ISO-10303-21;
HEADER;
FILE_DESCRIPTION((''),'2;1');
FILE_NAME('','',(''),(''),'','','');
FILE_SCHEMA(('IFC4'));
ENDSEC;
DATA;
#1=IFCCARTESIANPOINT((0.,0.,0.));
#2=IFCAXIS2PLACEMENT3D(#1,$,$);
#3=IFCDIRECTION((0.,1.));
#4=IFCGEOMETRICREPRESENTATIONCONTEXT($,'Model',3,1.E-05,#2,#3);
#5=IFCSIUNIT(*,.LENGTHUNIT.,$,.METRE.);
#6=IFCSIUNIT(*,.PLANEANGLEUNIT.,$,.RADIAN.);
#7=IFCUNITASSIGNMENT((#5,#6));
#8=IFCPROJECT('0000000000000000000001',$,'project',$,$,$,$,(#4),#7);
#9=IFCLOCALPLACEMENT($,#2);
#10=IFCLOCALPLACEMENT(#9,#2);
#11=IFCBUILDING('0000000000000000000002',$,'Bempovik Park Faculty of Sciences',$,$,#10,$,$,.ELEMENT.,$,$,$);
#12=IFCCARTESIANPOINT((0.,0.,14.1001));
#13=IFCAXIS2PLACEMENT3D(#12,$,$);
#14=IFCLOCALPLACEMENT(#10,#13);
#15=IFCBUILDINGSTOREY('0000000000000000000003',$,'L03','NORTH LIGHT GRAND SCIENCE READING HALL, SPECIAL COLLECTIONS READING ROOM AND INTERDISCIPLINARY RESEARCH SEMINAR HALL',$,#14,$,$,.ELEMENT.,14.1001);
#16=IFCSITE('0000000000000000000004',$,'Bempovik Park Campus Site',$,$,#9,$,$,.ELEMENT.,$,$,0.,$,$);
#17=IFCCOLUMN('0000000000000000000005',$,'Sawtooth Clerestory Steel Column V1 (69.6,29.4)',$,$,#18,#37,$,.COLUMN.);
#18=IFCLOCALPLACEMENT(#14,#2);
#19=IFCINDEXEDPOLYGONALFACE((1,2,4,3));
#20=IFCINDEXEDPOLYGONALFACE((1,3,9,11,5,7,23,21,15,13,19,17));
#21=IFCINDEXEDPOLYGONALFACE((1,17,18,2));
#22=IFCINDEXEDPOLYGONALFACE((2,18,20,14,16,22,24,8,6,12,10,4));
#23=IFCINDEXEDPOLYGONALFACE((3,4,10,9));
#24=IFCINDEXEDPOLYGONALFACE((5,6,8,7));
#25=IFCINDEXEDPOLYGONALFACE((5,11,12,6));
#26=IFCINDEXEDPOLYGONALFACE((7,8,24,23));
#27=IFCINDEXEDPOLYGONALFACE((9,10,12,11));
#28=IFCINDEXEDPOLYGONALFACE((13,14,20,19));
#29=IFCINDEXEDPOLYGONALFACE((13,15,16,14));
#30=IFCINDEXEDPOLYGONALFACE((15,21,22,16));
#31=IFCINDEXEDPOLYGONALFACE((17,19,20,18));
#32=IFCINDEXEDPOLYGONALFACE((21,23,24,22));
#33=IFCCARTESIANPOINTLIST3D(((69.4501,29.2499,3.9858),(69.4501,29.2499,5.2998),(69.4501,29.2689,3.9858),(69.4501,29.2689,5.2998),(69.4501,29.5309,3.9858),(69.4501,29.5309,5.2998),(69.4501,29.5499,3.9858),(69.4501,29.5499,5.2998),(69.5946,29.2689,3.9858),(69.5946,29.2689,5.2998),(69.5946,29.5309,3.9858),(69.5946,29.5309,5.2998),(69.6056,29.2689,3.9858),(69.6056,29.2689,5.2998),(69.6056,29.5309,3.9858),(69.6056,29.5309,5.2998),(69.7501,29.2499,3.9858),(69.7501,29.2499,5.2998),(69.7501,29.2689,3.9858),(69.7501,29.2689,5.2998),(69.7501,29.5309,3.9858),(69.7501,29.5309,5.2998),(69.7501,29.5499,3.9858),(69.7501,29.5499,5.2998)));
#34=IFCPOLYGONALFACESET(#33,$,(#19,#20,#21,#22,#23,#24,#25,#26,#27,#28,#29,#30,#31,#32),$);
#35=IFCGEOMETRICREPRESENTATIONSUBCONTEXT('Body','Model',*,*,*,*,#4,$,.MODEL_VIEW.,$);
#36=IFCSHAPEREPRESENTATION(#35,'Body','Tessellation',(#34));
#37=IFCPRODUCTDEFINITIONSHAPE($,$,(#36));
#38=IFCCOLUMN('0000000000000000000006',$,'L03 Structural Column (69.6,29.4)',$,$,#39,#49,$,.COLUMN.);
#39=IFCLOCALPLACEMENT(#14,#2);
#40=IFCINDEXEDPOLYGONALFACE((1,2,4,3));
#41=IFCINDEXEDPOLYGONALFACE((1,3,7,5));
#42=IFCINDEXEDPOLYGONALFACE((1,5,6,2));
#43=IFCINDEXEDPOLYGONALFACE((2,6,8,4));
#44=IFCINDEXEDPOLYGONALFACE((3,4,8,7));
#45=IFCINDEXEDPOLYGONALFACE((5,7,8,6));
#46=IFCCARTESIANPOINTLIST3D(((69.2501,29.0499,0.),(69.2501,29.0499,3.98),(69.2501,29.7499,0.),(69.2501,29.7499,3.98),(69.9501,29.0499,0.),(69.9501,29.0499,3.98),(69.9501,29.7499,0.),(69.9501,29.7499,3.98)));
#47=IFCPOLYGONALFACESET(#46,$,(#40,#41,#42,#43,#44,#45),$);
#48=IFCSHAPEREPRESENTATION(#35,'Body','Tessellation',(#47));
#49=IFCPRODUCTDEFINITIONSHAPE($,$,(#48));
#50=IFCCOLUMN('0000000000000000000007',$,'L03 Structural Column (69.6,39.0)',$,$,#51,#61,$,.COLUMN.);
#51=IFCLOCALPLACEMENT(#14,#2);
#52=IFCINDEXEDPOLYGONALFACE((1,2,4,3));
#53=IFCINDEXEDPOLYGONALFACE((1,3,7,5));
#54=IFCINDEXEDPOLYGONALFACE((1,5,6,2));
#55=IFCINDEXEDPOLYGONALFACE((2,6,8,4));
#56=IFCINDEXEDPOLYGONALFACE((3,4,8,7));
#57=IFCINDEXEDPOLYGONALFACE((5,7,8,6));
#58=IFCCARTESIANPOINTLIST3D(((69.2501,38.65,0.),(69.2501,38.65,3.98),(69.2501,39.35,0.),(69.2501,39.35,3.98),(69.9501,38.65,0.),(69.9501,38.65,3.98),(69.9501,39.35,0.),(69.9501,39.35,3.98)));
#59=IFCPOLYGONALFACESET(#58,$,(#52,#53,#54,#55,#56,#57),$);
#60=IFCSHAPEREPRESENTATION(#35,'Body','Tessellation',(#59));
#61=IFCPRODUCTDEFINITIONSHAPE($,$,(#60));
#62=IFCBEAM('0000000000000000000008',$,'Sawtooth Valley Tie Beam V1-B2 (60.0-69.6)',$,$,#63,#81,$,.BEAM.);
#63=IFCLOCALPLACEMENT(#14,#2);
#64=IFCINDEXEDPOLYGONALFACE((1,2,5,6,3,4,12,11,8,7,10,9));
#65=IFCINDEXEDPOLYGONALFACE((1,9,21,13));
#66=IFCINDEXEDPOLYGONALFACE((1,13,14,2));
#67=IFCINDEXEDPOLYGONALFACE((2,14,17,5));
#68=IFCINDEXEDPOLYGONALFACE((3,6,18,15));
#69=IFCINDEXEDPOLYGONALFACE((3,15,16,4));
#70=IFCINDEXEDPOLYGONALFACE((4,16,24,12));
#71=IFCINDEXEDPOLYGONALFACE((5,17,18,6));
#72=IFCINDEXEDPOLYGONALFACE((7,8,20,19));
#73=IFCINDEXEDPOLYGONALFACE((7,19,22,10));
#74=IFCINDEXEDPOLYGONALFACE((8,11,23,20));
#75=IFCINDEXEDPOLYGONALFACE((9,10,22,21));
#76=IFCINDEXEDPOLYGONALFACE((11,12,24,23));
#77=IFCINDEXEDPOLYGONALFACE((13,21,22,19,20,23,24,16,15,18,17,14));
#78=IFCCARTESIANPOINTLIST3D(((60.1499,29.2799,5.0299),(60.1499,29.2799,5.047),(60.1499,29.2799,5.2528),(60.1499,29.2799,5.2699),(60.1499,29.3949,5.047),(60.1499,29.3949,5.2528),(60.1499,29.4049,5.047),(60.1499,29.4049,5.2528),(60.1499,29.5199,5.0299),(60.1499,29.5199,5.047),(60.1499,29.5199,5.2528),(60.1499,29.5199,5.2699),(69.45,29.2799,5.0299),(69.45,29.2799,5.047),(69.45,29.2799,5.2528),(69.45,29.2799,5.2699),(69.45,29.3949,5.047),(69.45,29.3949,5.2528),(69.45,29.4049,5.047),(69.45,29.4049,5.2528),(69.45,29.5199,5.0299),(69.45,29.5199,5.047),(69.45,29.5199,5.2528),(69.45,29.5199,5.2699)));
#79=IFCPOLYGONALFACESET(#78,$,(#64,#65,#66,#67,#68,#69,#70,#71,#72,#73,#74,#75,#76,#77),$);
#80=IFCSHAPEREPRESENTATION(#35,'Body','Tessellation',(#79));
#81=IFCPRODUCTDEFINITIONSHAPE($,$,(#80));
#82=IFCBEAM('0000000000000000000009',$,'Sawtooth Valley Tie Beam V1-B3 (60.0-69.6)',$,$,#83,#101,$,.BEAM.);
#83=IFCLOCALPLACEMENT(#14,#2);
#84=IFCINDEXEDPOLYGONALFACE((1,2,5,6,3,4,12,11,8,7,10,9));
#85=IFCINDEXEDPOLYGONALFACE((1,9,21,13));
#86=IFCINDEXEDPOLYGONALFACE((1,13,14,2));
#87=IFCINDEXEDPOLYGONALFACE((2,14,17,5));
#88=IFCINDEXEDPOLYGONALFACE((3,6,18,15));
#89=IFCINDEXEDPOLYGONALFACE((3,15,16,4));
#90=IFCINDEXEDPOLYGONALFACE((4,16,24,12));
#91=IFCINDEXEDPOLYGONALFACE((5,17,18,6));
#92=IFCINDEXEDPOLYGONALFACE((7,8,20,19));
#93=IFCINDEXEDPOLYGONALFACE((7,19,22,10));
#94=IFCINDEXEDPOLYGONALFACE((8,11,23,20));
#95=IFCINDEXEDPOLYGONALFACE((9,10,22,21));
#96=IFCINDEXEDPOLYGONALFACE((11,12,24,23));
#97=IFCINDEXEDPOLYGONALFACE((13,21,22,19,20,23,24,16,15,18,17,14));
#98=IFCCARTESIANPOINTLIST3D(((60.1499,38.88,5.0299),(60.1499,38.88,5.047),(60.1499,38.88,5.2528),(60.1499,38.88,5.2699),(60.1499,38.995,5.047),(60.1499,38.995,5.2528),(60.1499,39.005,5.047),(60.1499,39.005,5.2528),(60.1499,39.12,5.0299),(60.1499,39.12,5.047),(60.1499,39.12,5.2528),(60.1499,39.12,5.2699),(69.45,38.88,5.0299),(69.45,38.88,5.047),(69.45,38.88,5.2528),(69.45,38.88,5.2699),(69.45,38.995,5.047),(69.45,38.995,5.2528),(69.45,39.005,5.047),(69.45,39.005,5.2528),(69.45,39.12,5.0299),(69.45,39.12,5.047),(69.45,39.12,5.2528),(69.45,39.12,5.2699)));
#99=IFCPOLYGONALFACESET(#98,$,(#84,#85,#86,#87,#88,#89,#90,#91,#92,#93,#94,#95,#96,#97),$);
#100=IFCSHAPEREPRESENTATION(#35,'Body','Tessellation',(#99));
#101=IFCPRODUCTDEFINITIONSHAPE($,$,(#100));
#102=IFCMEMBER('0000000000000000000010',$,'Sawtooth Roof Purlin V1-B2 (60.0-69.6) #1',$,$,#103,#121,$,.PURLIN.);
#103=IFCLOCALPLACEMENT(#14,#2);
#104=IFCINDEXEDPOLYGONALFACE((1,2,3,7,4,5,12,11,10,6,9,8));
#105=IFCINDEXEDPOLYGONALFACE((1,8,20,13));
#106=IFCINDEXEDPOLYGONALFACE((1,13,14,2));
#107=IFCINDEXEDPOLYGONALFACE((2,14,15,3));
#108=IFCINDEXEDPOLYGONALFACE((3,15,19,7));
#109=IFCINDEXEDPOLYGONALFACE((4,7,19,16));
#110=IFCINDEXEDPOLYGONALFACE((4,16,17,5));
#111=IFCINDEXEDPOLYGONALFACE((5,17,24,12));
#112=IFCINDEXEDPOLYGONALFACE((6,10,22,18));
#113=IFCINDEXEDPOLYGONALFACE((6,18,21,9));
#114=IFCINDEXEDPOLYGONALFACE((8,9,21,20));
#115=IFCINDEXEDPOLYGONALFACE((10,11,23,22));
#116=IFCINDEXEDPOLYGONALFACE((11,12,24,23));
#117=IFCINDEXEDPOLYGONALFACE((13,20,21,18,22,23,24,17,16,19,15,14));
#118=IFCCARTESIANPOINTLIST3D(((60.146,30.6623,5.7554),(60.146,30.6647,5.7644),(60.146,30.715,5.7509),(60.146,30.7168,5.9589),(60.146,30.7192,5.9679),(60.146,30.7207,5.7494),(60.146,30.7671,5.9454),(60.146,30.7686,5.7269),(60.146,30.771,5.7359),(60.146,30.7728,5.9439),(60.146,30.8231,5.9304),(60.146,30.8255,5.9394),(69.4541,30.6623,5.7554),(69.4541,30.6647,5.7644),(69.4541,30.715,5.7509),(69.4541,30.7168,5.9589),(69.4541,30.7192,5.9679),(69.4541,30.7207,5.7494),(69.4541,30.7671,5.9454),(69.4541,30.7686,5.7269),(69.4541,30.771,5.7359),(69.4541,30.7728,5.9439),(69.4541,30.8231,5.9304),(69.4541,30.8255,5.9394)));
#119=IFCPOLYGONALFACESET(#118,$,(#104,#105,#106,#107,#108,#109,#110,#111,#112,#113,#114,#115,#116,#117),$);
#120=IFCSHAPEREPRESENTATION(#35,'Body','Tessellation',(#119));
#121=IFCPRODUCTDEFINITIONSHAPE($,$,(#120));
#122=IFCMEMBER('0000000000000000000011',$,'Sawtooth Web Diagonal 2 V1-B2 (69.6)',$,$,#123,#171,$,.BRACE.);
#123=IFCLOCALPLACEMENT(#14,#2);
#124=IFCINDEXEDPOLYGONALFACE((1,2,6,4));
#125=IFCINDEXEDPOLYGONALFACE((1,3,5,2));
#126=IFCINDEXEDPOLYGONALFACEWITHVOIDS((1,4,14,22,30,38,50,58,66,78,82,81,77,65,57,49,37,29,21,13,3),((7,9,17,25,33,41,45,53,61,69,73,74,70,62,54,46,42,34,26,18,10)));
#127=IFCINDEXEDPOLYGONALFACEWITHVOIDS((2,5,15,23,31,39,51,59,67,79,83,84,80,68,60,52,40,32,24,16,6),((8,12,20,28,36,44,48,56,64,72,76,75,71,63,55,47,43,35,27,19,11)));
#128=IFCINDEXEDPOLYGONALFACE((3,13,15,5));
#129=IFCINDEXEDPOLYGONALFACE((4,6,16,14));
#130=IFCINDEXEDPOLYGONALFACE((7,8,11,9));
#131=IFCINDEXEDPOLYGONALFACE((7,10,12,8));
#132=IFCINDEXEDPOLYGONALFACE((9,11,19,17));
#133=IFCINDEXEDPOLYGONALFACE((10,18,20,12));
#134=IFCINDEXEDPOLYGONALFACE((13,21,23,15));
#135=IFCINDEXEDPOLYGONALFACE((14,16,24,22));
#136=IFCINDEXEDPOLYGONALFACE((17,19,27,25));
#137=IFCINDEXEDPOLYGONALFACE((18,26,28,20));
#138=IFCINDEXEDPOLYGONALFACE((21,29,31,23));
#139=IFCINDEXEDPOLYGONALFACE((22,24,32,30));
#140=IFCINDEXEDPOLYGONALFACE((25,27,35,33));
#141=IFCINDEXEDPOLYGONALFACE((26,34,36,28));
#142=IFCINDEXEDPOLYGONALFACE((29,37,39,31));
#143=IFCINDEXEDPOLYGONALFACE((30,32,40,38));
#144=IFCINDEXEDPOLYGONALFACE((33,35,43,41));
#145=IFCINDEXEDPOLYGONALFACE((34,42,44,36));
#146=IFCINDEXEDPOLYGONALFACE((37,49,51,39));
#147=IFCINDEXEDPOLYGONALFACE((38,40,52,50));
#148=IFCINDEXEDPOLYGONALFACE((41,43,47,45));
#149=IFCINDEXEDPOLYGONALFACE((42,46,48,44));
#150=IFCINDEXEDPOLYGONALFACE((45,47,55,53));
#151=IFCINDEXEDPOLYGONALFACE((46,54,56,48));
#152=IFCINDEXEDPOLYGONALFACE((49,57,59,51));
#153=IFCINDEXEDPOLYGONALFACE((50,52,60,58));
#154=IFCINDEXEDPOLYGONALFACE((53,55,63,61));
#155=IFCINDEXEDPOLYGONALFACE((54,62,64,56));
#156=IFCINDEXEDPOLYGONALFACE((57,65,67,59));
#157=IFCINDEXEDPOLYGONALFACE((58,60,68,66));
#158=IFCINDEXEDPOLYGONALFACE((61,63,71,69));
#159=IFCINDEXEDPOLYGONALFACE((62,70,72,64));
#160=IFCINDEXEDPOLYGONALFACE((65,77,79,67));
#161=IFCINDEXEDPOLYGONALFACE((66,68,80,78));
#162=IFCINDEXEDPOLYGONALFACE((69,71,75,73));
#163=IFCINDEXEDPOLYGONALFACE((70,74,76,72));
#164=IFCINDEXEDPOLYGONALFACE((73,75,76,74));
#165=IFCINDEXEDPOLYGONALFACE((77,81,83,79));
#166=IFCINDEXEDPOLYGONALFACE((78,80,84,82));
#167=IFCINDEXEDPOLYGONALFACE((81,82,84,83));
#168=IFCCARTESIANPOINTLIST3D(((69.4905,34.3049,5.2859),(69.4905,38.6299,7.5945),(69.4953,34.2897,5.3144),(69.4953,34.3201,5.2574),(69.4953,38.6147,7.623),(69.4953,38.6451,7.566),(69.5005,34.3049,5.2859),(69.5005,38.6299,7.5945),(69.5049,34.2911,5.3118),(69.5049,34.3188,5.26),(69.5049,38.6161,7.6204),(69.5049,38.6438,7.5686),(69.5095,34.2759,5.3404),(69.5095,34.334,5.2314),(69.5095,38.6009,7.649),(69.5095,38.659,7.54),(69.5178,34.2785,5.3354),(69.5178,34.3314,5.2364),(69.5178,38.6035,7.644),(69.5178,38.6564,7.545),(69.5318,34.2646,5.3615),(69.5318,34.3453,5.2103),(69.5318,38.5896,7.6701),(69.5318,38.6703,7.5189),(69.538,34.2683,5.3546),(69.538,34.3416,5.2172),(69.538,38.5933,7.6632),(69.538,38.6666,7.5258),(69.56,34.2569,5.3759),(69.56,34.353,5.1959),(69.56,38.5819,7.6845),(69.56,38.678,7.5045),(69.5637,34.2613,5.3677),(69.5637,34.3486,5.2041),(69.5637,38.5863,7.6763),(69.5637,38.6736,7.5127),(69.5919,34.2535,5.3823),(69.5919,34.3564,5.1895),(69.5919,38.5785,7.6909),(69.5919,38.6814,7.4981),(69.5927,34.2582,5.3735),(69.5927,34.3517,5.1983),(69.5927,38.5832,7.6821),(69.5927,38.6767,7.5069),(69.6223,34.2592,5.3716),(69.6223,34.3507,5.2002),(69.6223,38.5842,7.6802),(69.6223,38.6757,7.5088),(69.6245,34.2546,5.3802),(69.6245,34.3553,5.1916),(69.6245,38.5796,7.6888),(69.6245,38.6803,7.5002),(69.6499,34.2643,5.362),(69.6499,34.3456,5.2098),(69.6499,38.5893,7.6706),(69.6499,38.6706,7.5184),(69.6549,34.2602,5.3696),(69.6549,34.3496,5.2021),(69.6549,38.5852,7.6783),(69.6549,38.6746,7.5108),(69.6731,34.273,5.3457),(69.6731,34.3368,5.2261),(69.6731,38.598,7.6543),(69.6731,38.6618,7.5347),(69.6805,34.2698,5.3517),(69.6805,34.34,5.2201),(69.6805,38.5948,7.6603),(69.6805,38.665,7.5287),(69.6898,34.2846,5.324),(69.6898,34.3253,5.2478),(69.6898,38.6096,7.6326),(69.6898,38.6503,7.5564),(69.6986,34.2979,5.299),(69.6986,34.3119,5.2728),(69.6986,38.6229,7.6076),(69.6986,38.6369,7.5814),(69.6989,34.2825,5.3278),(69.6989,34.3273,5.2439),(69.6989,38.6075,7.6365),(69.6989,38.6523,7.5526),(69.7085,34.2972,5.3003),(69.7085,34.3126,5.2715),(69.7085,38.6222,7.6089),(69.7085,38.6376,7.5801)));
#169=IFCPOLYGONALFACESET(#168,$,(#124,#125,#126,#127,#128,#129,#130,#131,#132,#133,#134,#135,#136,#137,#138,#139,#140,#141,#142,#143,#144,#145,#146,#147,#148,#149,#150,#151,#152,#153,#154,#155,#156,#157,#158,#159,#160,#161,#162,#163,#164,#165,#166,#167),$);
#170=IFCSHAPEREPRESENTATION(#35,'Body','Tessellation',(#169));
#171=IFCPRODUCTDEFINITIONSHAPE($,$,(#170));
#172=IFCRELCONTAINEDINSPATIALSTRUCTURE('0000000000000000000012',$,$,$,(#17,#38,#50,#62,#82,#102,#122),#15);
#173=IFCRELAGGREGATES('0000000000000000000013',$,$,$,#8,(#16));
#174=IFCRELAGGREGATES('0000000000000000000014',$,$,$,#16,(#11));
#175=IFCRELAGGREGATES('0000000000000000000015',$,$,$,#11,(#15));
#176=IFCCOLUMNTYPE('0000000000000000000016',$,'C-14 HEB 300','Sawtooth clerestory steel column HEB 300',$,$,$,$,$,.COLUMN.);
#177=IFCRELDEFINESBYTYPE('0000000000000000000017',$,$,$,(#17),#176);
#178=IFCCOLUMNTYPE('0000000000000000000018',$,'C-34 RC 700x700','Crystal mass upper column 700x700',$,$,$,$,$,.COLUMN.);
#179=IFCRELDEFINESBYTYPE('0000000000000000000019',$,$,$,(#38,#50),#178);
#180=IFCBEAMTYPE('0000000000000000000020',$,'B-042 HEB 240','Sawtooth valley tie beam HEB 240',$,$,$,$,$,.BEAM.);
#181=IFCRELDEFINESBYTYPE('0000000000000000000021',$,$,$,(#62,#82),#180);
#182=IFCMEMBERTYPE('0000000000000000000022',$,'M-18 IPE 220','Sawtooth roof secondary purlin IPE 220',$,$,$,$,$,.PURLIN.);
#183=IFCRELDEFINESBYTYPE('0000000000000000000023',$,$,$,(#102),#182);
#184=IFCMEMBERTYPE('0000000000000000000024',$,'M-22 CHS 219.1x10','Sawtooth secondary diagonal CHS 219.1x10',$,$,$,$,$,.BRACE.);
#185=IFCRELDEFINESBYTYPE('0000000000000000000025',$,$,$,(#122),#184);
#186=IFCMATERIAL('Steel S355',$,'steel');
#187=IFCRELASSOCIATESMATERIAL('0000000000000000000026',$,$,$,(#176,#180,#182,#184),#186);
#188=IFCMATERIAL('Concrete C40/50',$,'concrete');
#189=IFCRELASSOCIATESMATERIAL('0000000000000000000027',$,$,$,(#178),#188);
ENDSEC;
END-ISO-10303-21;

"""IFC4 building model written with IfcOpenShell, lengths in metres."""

from ifc_helpers import new_model, si_unit, direction, frame, origin, origin_2d, place, context, subcontext, project, spatial, rectangle, hollow_circle, i_section, extrude, material, material_profile, profile_set, type_object, element, save


model = new_model("IFC4")

# Units and contexts
model_context = context("Model", 3, precision=1e-05, world=origin(), true_north=direction((0.0, 1.0)))
body_context = subcontext(model_context, "Body", "Model", "MODEL_VIEW")
ifc_project = project(units=[si_unit("LENGTHUNIT", "METRE"), si_unit("PLANEANGLEUNIT", "RADIAN")], contexts=[model_context])

# Site, building, storey
site_placement = place(None, origin())
site = spatial("IfcSite", under=ifc_project, at=site_placement, Name="Bempovik Park Campus Site", CompositionType="ELEMENT", RefElevation=0.0)
building_placement = place(site_placement, origin())
building = spatial("IfcBuilding", under=site, at=building_placement, Name="Bempovik Park Faculty of Sciences", CompositionType="ELEMENT")
storey_placement = place(building_placement, frame((0.0, 0.0, 14.1001)))
storey = spatial("IfcBuildingStorey", under=building, at=storey_placement, Name="L03", Description="NORTH LIGHT GRAND SCIENCE READING HALL, SPECIAL COLLECTIONS READING ROOM AND INTERDISCIPLINARY RESEARCH SEMINAR HALL", CompositionType="ELEMENT", Elevation=14.1001)

# Columns
ifc_material_1 = material(Name="Steel S355", Category="steel")
ifc_material_profile_1 = material_profile(ifc_material_1, i_section(OverallWidth=0.3, OverallDepth=0.3, WebThickness=0.011, FlangeThickness=0.019, at=origin_2d()), Name="HEB 300")
ifc_profile_set_1 = profile_set([ifc_material_profile_1], Name="Steel S355")
column_type_1 = type_object("IfcColumnType", Name="C-14 HEB 300", Description="Sawtooth clerestory steel column HEB 300", PredefinedType="COLUMN", material=ifc_profile_set_1)
column_placement = place(storey_placement, frame((69.6001, 29.3999, 3.9858), z_axis=(0.0, 0.0, 1.0), x_axis=(1.0, 0.0, 0.0)))
element("IfcColumn", 1, at=column_placement, inside=storey, type_object=column_type_1, Name="Sawtooth Clerestory Steel Column V1 (69.6,29.4)", PredefinedType="COLUMN", context=body_context, shape_type="SweptSolid", body=[
    extrude(i_section(OverallWidth=0.3, OverallDepth=0.3, WebThickness=0.011, FlangeThickness=0.019, at=origin_2d()), origin(), (0.0, 0.0, 1.0), 1.314),
])
ifc_material_2 = material(Name="Concrete C40/50", Category="concrete")
ifc_material_profile_2 = material_profile(ifc_material_2, rectangle(XDim=0.7, YDim=0.7, at=origin_2d()), Name="RC 700x700")
ifc_profile_set_2 = profile_set([ifc_material_profile_2], Name="Concrete C40/50")
column_type_2 = type_object("IfcColumnType", Name="C-34 RC 700x700", Description="Crystal mass upper column 700x700", PredefinedType="COLUMN", material=ifc_profile_set_2)
for number, where, z_axis, x_axis, name in (
    (2, (69.6001, 29.3999, 0.0), (0.0, 0.0, 1.0), (1.0, 0.0, 0.0), "L03 Structural Column (69.6,29.4)"),
    (3, (69.6001, 39.0, 0.0), (0.0, 0.0, 1.0), (1.0, 0.0, 0.0), "L03 Structural Column (69.6,39.0)"),
):
    element("IfcColumn", number, at=place(storey_placement, frame(where, z_axis=z_axis, x_axis=x_axis)), inside=storey, type_object=column_type_2, Name=name, PredefinedType="COLUMN", context=body_context, shape_type="SweptSolid", body=[
        extrude(rectangle(XDim=0.7, YDim=0.7, at=origin_2d()), origin(), (0.0, 0.0, 1.0), 3.98),
    ])

# Beams
ifc_material_profile_3 = material_profile(ifc_material_1, i_section(OverallWidth=0.24, OverallDepth=0.24, WebThickness=0.01, FlangeThickness=0.0171, at=origin_2d()), Name="HEB 240")
ifc_profile_set_3 = profile_set([ifc_material_profile_3], Name="Steel S355")
beam_type = type_object("IfcBeamType", Name="B-042 HEB 240", Description="Sawtooth valley tie beam HEB 240", PredefinedType="BEAM", material=ifc_profile_set_3)
for number, where, z_axis, x_axis, name in (
    (4, (60.1499, 29.3999, 5.1499), (1.0, 0.0, 0.0), (0.0, 1.0, 0.0), "Sawtooth Valley Tie Beam V1-B2 (60.0-69.6)"),
    (5, (60.1499, 39.0, 5.1499), (1.0, 0.0, 0.0), (0.0, 1.0, 0.0), "Sawtooth Valley Tie Beam V1-B3 (60.0-69.6)"),
):
    element("IfcBeam", number, at=place(storey_placement, frame(where, z_axis=z_axis, x_axis=x_axis)), inside=storey, type_object=beam_type, Name=name, PredefinedType="BEAM", context=body_context, shape_type="SweptSolid", body=[
        extrude(i_section(OverallWidth=0.24, OverallDepth=0.24, WebThickness=0.01, FlangeThickness=0.0171, at=origin_2d()), origin(), (0.0, 0.0, 1.0), 9.3),
    ])

# Members
ifc_material_profile_4 = material_profile(ifc_material_1, i_section(OverallWidth=0.1101, OverallDepth=0.22, WebThickness=0.0059, FlangeThickness=0.0093, at=origin_2d()), Name="IPE 220")
ifc_profile_set_4 = profile_set([ifc_material_profile_4], Name="Steel S355")
member_type_1 = type_object("IfcMemberType", Name="M-18 IPE 220", Description="Sawtooth roof secondary purlin IPE 220", PredefinedType="PURLIN", material=ifc_profile_set_4)
member_1_placement = place(storey_placement, frame((60.146, 30.7439, 5.8474), z_axis=(1.0, 0.0, 0.0), x_axis=(0.0, 0.965926, -0.258819)))
element("IfcMember", 6, at=member_1_placement, inside=storey, type_object=member_type_1, Name="Sawtooth Roof Purlin V1-B2 (60.0-69.6) #1", PredefinedType="PURLIN", context=body_context, shape_type="SweptSolid", body=[
    extrude(i_section(OverallWidth=0.1101, OverallDepth=0.22, WebThickness=0.0059, FlangeThickness=0.0093, at=origin_2d()), origin(), (0.0, 0.0, 1.0), 9.3081),
])
ifc_material_profile_5 = material_profile(ifc_material_1, hollow_circle(Radius=0.1096, WallThickness=0.01, at=origin_2d()), Name="CHS 219.1x10")
ifc_profile_set_5 = profile_set([ifc_material_profile_5], Name="Steel S355")
member_type_2 = type_object("IfcMemberType", Name="M-22 CHS 219.1x10", Description="Sawtooth secondary diagonal CHS 219.1x10", PredefinedType="BRACE", material=ifc_profile_set_5)
member_2_placement = place(storey_placement, frame((69.6001, 34.3049, 5.2859), z_axis=(0.0, 0.882187, 0.470898), x_axis=(-1.0, 0.0, 0.0)))
element("IfcMember", 7, at=member_2_placement, inside=storey, type_object=member_type_2, Name="Sawtooth Web Diagonal 2 V1-B2 (69.6)", PredefinedType="BRACE", context=body_context, shape_type="SweptSolid", body=[
    extrude(hollow_circle(Radius=0.1096, WallThickness=0.01, at=origin_2d()), origin(), (0.0, 0.0, 1.0), 4.9026),
])

save(model, "model.ifc")
